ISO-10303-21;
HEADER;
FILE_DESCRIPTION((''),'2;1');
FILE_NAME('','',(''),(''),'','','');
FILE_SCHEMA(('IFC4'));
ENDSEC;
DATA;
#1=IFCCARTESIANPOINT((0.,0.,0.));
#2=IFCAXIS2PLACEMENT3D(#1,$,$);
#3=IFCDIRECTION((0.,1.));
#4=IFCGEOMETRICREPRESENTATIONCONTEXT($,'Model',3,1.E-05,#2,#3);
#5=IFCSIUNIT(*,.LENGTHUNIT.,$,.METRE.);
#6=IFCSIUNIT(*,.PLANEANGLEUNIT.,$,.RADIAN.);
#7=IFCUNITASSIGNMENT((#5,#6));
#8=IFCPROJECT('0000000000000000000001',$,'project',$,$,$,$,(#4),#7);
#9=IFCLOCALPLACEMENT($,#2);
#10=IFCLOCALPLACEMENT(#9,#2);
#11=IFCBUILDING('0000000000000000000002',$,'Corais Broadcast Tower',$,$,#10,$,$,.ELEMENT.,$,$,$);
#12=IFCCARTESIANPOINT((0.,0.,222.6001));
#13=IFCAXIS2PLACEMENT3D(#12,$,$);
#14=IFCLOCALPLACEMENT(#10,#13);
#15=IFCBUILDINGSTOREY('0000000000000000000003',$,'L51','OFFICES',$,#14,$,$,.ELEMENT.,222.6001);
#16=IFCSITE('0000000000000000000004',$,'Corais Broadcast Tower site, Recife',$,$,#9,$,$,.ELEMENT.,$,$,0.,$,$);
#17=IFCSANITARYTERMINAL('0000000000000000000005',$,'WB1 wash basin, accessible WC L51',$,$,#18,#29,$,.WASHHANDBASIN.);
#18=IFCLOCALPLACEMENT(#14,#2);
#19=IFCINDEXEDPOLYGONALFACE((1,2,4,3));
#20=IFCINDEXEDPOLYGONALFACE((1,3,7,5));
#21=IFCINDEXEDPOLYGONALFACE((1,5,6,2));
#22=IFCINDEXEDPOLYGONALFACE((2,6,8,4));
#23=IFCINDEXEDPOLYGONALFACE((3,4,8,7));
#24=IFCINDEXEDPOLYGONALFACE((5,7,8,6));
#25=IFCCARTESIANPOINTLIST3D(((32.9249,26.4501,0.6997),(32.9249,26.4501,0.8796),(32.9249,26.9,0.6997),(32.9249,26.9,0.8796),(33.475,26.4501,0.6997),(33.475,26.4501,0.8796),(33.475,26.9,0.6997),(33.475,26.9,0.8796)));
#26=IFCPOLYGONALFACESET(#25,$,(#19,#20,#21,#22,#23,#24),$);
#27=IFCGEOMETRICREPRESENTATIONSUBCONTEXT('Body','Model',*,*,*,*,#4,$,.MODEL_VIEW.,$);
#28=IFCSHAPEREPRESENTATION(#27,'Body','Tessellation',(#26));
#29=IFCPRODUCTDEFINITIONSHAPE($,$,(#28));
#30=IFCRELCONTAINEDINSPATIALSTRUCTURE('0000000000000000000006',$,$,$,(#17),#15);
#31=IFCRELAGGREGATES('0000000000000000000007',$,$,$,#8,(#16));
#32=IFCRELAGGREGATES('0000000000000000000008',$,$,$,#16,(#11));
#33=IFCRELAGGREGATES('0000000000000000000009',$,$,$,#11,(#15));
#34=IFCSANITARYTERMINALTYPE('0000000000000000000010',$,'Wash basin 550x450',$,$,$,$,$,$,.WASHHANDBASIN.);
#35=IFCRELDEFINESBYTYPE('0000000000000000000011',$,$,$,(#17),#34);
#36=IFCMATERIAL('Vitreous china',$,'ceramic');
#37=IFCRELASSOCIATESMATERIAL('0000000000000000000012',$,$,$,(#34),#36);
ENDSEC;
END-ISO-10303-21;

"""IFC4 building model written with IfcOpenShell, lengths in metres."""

from ifc_helpers import new_model, si_unit, direction, frame, origin, origin_2d, place, context, subcontext, project, spatial, rectangle, extrude, material, type_object, element, save


model = new_model("IFC4")

# Units and contexts
model_context = context("Model", 3, precision=1e-05, world=origin(), true_north=direction((0.0, 1.0)))
body_context = subcontext(model_context, "Body", "Model", "MODEL_VIEW")
ifc_project = project(units=[si_unit("LENGTHUNIT", "METRE"), si_unit("PLANEANGLEUNIT", "RADIAN")], contexts=[model_context])

# Site, building, storey
site_placement = place(None, origin())
site = spatial("IfcSite", under=ifc_project, at=site_placement, Name="Corais Broadcast Tower site, Recife", CompositionType="ELEMENT", RefElevation=0.0)
building_placement = place(site_placement, origin())
building = spatial("IfcBuilding", under=site, at=building_placement, Name="Corais Broadcast Tower", CompositionType="ELEMENT")
storey_placement = place(building_placement, frame((0.0, 0.0, 222.6001)))
storey = spatial("IfcBuildingStorey", under=building, at=storey_placement, Name="L51", Description="OFFICES", CompositionType="ELEMENT", Elevation=222.6001)

# Sanitary terminal
ifc_material_1 = material(Name="Vitreous china", Category="ceramic")
sanitary_terminal_type_1 = type_object("IfcSanitaryTerminalType", Name="Wash basin 550x450", PredefinedType="WASHHANDBASIN", material=ifc_material_1)
sanitary_terminal_placement = place(storey_placement, frame((33.2, 26.675, 0.6997), z_axis=(0.0, 0.0, 1.0), x_axis=(1.0, 0.0, 0.0)))
element("IfcSanitaryTerminal", 1, at=sanitary_terminal_placement, inside=storey, type_object=sanitary_terminal_type_1, Name="WB1 wash basin, accessible WC L51", PredefinedType="WASHHANDBASIN", context=body_context, shape_type="SweptSolid", body=[
    extrude(rectangle(XDim=0.55, YDim=0.45, at=origin_2d()), origin(), (0.0, 0.0, 1.0), 0.1799),
])

save(model, "model.ifc")
